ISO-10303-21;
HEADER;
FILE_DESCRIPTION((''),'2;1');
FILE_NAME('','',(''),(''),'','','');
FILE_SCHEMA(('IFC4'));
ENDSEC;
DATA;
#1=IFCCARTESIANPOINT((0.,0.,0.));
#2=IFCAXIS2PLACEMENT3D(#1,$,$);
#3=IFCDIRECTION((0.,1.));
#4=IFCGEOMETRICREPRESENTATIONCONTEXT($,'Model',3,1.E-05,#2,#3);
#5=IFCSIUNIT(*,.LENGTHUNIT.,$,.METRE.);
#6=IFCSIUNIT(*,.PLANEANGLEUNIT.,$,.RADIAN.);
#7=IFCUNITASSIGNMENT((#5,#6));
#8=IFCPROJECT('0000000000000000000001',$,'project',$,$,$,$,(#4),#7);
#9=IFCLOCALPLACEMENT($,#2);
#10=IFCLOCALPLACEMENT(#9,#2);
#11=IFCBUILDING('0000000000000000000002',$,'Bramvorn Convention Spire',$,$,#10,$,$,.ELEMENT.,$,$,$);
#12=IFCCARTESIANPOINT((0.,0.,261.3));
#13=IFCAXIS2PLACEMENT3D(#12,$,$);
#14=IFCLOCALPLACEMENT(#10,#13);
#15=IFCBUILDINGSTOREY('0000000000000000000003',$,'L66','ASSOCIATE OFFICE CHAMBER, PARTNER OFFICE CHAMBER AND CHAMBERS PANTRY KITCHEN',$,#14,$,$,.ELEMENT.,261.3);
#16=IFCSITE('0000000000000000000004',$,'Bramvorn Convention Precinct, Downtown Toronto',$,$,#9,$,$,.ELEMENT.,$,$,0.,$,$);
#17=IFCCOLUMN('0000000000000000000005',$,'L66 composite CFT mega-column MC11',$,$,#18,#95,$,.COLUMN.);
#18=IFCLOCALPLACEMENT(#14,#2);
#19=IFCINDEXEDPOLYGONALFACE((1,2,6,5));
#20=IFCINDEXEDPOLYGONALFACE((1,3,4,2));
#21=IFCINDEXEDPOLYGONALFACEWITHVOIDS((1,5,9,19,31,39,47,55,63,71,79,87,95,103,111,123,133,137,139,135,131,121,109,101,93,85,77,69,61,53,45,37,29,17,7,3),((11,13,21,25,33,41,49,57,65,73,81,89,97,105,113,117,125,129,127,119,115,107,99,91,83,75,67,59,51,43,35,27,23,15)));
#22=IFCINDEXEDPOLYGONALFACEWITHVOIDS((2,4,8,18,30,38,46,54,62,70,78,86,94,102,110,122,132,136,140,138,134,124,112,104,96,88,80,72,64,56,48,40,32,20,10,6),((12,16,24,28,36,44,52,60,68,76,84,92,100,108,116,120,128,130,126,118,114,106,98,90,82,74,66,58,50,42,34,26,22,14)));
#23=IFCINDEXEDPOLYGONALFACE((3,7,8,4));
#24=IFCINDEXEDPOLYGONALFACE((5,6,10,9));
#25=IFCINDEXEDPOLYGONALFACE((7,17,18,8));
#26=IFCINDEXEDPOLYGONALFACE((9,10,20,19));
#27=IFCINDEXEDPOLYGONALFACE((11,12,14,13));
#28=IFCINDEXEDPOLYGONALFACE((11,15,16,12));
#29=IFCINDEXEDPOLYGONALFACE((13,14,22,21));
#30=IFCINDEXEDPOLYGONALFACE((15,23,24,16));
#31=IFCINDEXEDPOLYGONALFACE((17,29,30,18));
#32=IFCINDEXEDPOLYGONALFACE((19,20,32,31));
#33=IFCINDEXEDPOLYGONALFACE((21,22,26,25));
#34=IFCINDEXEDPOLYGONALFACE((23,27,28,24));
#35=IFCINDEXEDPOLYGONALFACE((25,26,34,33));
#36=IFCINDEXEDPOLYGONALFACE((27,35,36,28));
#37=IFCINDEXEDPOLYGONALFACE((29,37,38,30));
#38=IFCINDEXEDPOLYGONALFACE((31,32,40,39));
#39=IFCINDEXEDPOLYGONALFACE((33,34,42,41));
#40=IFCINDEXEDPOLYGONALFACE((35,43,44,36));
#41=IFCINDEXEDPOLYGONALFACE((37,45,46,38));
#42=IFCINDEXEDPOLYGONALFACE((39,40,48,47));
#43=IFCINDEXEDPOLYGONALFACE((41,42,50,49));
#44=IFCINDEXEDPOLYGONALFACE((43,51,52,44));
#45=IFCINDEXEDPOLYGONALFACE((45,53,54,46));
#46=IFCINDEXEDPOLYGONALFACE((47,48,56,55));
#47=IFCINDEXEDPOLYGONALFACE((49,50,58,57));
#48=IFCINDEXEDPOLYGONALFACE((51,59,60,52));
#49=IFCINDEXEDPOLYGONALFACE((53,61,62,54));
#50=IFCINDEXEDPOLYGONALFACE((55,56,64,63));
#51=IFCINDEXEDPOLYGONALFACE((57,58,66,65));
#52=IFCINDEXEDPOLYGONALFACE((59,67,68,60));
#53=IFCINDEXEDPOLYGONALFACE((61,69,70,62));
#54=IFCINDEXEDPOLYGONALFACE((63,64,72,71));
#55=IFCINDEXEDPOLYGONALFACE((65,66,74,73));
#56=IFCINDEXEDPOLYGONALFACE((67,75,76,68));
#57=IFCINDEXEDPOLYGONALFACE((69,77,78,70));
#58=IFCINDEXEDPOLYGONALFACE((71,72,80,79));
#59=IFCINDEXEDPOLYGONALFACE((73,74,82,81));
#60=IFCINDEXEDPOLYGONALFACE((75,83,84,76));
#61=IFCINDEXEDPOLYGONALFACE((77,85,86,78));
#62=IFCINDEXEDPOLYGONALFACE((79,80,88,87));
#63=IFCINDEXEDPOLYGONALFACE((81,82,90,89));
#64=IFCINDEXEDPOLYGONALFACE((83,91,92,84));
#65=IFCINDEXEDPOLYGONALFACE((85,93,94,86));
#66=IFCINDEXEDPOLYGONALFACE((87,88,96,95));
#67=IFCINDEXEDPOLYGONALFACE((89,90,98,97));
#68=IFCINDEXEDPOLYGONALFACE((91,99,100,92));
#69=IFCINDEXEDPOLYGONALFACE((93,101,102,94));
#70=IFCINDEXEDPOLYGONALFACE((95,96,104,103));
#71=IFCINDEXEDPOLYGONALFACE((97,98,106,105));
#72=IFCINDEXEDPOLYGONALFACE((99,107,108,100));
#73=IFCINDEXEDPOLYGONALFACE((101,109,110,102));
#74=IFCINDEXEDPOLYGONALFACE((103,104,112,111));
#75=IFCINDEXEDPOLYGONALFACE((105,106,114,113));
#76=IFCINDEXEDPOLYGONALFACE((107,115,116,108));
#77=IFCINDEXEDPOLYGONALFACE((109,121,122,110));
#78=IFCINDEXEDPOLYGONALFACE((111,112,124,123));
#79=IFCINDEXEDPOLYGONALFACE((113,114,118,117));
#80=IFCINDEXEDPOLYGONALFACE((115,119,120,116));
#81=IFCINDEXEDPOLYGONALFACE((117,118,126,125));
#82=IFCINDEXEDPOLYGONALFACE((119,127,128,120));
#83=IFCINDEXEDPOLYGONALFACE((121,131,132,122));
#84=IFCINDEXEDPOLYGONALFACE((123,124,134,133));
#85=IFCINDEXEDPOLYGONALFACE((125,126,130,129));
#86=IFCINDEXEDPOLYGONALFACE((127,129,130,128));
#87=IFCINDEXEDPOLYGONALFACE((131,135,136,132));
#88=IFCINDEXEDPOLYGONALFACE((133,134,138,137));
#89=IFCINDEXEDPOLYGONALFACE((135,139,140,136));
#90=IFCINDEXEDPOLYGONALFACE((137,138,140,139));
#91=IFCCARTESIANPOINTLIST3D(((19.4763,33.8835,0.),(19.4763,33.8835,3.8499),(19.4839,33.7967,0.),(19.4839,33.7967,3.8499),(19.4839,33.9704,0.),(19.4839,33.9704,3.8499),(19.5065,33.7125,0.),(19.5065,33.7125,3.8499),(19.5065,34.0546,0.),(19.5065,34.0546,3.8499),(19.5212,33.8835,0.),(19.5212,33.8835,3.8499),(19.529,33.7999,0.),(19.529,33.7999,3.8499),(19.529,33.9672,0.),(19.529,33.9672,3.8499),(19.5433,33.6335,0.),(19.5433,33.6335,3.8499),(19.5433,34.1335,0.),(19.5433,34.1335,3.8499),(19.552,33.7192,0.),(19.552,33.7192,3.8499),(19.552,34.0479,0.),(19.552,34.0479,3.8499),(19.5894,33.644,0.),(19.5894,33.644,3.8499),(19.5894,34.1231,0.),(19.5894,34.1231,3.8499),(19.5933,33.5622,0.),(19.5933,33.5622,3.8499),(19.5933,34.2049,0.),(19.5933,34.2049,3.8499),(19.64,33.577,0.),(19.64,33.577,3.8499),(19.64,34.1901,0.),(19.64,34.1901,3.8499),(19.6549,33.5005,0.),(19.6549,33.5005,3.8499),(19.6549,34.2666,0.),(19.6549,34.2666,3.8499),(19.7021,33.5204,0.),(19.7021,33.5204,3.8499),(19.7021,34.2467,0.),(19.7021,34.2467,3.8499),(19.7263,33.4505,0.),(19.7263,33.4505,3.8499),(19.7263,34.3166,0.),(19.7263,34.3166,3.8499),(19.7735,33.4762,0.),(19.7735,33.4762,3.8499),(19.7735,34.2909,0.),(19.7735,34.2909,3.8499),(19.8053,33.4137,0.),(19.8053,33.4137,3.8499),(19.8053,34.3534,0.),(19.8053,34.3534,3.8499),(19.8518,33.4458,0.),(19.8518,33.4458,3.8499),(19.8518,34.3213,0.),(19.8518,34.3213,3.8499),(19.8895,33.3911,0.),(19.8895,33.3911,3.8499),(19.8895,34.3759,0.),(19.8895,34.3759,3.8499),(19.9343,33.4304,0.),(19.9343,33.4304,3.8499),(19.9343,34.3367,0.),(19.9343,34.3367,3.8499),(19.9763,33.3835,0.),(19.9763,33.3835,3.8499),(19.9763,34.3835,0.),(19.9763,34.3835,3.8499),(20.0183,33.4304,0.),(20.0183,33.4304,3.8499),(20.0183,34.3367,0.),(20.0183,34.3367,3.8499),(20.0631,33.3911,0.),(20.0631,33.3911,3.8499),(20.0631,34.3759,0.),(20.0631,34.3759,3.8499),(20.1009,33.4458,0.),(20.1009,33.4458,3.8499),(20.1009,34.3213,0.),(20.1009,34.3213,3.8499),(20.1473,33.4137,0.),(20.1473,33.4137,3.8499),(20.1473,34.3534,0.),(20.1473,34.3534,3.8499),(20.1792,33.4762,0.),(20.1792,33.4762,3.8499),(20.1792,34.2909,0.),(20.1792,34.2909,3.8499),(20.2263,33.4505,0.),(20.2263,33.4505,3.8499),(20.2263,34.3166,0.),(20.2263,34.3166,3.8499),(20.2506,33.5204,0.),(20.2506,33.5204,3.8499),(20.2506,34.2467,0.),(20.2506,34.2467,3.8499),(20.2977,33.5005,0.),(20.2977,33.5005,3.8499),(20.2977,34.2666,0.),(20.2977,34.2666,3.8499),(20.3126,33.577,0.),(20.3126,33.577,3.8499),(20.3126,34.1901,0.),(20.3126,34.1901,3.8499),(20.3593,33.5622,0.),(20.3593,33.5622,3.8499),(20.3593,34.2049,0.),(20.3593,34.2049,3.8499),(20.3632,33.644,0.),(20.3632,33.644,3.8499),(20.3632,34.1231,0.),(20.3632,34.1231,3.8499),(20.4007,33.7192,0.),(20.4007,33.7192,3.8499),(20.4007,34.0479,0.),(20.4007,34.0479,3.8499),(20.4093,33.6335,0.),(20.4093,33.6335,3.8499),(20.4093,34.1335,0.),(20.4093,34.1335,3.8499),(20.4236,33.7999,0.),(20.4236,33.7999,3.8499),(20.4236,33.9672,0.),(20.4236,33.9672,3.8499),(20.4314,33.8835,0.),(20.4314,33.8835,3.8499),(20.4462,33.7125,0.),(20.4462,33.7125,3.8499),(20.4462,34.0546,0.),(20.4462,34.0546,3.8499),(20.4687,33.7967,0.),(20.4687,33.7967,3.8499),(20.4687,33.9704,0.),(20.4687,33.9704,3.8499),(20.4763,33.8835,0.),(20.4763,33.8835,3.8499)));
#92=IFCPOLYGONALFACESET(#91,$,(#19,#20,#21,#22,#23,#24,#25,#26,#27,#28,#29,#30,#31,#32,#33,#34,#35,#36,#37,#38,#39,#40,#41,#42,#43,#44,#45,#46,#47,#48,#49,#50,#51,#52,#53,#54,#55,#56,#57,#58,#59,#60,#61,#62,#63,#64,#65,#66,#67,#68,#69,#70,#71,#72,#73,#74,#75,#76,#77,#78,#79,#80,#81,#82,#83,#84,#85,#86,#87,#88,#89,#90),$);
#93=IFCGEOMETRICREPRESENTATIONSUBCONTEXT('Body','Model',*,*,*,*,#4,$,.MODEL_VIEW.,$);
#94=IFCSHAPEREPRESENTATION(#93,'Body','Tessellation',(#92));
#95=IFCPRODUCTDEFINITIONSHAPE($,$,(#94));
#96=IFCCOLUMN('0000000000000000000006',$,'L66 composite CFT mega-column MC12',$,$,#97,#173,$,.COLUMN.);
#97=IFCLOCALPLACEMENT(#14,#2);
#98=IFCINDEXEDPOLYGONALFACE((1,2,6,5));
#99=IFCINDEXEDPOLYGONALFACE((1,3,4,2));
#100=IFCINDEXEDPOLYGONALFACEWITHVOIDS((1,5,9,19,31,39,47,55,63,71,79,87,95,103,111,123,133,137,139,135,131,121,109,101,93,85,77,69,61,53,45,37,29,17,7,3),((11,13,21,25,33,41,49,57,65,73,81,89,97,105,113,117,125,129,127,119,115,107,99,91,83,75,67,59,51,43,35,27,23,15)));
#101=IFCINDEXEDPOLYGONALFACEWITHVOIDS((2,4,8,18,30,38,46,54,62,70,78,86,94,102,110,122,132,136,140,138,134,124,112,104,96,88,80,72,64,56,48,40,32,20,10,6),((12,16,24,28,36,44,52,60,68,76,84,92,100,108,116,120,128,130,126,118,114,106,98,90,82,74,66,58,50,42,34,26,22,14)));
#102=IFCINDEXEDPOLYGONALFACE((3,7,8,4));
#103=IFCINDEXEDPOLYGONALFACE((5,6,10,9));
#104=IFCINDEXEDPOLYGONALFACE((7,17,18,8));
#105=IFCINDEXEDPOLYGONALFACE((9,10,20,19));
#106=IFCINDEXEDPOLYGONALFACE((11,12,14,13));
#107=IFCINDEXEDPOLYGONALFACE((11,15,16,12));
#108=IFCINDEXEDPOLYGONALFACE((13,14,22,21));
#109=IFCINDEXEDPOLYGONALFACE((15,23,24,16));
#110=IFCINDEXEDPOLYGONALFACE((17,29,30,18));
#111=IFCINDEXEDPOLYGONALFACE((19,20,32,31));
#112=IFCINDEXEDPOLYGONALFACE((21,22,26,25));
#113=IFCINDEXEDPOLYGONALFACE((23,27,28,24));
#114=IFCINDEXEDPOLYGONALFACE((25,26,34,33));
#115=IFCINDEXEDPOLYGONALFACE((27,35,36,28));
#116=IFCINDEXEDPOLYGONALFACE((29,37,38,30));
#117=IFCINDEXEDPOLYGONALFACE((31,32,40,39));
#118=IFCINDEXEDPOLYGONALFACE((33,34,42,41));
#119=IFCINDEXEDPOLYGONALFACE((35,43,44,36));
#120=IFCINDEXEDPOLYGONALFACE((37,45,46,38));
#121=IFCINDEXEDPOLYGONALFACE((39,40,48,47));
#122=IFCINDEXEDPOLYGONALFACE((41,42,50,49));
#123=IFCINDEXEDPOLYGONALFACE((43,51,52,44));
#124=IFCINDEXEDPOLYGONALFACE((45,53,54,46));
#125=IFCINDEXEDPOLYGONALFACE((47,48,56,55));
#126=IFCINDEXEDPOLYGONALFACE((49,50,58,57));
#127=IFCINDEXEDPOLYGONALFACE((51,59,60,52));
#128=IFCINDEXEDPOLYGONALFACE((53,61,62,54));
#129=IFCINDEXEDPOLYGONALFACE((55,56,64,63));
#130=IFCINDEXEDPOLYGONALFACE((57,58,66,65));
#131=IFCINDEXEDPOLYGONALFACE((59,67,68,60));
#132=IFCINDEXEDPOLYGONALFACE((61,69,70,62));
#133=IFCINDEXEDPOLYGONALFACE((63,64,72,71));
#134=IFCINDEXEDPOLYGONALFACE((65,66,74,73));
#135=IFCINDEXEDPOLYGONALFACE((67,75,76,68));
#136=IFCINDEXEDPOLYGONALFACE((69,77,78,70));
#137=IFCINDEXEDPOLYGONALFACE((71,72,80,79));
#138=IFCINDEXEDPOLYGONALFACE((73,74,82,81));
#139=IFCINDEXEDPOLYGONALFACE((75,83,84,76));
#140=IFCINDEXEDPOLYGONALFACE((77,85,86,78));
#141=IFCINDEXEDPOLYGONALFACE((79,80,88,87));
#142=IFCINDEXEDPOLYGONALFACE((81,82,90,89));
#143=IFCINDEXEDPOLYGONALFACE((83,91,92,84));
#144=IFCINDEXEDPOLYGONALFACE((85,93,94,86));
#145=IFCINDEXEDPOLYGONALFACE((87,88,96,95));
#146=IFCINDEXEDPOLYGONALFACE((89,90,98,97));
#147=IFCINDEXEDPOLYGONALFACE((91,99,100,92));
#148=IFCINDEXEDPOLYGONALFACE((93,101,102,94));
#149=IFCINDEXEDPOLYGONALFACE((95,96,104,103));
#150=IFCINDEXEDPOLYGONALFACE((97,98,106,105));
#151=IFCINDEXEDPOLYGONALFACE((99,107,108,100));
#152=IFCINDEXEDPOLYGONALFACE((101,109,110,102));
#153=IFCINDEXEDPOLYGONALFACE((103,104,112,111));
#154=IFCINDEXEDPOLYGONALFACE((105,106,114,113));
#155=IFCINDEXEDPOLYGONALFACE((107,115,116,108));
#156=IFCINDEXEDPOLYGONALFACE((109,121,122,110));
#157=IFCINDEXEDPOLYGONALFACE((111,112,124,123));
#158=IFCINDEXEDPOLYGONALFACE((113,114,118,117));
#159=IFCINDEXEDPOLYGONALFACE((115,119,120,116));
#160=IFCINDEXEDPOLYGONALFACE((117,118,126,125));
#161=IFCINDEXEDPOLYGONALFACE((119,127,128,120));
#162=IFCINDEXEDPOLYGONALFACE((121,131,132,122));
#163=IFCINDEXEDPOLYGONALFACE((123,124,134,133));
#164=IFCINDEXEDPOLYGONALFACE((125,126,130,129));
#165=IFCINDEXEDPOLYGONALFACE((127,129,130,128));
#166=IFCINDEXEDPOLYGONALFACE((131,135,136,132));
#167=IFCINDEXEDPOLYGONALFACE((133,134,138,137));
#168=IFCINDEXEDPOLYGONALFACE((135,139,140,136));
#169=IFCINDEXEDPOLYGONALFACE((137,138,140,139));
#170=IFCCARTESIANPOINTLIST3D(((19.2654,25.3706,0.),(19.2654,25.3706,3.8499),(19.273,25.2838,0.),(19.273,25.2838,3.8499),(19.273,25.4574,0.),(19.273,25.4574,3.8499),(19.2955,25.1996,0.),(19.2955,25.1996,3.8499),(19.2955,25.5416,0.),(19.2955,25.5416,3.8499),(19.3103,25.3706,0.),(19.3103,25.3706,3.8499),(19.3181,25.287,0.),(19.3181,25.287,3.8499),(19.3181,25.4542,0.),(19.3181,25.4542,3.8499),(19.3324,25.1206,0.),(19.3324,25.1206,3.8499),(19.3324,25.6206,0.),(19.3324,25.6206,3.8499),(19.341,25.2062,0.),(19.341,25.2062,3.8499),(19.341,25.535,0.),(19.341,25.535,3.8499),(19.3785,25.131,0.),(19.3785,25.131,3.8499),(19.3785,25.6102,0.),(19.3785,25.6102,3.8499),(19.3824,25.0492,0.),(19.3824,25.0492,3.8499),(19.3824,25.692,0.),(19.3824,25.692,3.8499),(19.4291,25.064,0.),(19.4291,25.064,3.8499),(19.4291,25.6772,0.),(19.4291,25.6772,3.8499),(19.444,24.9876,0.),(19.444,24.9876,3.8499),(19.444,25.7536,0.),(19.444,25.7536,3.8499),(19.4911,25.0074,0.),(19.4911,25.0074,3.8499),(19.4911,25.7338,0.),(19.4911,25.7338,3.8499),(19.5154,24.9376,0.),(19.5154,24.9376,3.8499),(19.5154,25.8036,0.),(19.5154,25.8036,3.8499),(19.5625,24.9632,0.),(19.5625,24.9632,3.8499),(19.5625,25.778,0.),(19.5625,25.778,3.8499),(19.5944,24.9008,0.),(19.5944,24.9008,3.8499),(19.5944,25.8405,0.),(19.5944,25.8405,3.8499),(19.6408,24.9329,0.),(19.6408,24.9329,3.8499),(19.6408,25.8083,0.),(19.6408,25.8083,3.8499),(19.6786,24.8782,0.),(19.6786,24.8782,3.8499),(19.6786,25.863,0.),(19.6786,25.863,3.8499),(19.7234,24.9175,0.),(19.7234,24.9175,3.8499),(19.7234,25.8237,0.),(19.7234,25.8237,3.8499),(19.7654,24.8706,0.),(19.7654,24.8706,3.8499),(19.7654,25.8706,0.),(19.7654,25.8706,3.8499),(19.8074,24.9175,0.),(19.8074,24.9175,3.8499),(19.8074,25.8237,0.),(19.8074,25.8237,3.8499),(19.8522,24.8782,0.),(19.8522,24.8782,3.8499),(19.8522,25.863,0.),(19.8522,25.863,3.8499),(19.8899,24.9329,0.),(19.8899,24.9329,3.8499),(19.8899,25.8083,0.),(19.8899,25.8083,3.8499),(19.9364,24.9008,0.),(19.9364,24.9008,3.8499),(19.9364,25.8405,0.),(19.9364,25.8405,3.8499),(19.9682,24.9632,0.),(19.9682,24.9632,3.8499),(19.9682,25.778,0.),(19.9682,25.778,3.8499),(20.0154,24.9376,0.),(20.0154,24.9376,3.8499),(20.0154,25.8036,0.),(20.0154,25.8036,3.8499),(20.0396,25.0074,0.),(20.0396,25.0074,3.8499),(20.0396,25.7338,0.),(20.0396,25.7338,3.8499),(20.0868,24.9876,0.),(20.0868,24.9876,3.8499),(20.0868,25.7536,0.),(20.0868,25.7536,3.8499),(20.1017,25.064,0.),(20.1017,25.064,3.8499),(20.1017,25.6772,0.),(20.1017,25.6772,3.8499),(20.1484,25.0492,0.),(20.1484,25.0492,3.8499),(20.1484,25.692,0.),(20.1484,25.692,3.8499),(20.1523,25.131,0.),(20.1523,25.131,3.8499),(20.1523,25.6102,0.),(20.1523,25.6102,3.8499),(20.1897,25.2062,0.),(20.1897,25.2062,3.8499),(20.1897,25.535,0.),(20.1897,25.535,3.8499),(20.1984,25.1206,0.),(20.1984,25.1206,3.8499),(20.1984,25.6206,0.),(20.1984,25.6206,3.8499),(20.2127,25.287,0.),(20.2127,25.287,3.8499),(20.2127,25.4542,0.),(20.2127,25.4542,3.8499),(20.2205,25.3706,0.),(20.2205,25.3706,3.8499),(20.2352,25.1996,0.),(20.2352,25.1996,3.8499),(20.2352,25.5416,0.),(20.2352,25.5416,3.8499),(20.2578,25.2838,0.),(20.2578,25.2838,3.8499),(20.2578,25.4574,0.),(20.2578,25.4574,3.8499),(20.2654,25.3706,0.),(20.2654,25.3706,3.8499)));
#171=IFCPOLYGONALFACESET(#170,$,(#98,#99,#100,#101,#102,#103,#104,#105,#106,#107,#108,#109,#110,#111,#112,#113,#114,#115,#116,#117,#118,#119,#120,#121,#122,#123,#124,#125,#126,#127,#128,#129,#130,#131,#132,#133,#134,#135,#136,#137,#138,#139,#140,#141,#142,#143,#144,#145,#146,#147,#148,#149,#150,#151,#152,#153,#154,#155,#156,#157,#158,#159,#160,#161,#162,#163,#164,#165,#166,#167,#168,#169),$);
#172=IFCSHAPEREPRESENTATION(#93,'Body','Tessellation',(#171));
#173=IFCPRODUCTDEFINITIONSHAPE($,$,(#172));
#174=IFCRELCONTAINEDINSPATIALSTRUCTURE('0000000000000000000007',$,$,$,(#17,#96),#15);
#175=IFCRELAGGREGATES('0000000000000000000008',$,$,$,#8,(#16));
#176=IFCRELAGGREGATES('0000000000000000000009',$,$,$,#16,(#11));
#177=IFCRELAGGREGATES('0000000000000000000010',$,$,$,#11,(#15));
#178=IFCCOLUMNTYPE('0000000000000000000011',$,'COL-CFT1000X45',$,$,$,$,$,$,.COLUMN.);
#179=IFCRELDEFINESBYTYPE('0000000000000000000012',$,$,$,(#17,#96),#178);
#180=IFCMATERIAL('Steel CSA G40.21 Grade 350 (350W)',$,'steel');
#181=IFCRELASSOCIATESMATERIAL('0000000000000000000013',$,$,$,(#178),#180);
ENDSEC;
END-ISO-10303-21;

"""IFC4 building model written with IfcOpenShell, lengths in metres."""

from ifc_helpers import new_model, si_unit, direction, frame, origin, origin_2d, place, context, subcontext, project, spatial, hollow_circle, extrude, material, material_profile, profile_set, type_object, element, save


model = new_model("IFC4")

# Units and contexts
model_context = context("Model", 3, precision=1e-05, world=origin(), true_north=direction((0.0, 1.0)))
body_context = subcontext(model_context, "Body", "Model", "MODEL_VIEW")
ifc_project = project(units=[si_unit("LENGTHUNIT", "METRE"), si_unit("PLANEANGLEUNIT", "RADIAN")], contexts=[model_context])

# Site, building, storey
site_placement = place(None, origin())
site = spatial("IfcSite", under=ifc_project, at=site_placement, Name="Bramvorn Convention Precinct, Downtown Toronto", CompositionType="ELEMENT", RefElevation=0.0)
building_placement = place(site_placement, origin())
building = spatial("IfcBuilding", under=site, at=building_placement, Name="Bramvorn Convention Spire", CompositionType="ELEMENT")
storey_placement = place(building_placement, frame((0.0, 0.0, 261.3)))
storey = spatial("IfcBuildingStorey", under=building, at=storey_placement, Name="L66", Description="ASSOCIATE OFFICE CHAMBER, PARTNER OFFICE CHAMBER AND CHAMBERS PANTRY KITCHEN", CompositionType="ELEMENT", Elevation=261.3)

# Columns
ifc_material_1 = material(Name="Steel CSA G40.21 Grade 350 (350W)", Category="steel")
ifc_material_profile_1 = material_profile(ifc_material_1, hollow_circle(Radius=0.5, WallThickness=0.0449, at=origin_2d()))
ifc_profile_set_1 = profile_set([ifc_material_profile_1], Name="Steel CSA G40.21 Grade 350 (350W) - CFT1000X45")
column_type = type_object("IfcColumnType", Name="COL-CFT1000X45", PredefinedType="COLUMN", material=ifc_profile_set_1)
for number, where, z_axis, x_axis, name in (
    (1, (19.9763, 33.8835, 0.0), (0.0, 0.0, 1.0), (1.0, 0.0, 0.0), "L66 composite CFT mega-column MC11"),
    (2, (19.7654, 25.3706, 0.0), (0.0, 0.0, 1.0), (1.0, 0.0, 0.0), "L66 composite CFT mega-column MC12"),
):
    element("IfcColumn", number, at=place(storey_placement, frame(where, z_axis=z_axis, x_axis=x_axis)), inside=storey, type_object=column_type, Name=name, PredefinedType="COLUMN", context=body_context, shape_type="SweptSolid", body=[
        extrude(hollow_circle(Radius=0.5, WallThickness=0.0449, at=origin_2d()), origin(), (0.0, 0.0, 1.0), 3.8499),
    ])

save(model, "model.ifc")
